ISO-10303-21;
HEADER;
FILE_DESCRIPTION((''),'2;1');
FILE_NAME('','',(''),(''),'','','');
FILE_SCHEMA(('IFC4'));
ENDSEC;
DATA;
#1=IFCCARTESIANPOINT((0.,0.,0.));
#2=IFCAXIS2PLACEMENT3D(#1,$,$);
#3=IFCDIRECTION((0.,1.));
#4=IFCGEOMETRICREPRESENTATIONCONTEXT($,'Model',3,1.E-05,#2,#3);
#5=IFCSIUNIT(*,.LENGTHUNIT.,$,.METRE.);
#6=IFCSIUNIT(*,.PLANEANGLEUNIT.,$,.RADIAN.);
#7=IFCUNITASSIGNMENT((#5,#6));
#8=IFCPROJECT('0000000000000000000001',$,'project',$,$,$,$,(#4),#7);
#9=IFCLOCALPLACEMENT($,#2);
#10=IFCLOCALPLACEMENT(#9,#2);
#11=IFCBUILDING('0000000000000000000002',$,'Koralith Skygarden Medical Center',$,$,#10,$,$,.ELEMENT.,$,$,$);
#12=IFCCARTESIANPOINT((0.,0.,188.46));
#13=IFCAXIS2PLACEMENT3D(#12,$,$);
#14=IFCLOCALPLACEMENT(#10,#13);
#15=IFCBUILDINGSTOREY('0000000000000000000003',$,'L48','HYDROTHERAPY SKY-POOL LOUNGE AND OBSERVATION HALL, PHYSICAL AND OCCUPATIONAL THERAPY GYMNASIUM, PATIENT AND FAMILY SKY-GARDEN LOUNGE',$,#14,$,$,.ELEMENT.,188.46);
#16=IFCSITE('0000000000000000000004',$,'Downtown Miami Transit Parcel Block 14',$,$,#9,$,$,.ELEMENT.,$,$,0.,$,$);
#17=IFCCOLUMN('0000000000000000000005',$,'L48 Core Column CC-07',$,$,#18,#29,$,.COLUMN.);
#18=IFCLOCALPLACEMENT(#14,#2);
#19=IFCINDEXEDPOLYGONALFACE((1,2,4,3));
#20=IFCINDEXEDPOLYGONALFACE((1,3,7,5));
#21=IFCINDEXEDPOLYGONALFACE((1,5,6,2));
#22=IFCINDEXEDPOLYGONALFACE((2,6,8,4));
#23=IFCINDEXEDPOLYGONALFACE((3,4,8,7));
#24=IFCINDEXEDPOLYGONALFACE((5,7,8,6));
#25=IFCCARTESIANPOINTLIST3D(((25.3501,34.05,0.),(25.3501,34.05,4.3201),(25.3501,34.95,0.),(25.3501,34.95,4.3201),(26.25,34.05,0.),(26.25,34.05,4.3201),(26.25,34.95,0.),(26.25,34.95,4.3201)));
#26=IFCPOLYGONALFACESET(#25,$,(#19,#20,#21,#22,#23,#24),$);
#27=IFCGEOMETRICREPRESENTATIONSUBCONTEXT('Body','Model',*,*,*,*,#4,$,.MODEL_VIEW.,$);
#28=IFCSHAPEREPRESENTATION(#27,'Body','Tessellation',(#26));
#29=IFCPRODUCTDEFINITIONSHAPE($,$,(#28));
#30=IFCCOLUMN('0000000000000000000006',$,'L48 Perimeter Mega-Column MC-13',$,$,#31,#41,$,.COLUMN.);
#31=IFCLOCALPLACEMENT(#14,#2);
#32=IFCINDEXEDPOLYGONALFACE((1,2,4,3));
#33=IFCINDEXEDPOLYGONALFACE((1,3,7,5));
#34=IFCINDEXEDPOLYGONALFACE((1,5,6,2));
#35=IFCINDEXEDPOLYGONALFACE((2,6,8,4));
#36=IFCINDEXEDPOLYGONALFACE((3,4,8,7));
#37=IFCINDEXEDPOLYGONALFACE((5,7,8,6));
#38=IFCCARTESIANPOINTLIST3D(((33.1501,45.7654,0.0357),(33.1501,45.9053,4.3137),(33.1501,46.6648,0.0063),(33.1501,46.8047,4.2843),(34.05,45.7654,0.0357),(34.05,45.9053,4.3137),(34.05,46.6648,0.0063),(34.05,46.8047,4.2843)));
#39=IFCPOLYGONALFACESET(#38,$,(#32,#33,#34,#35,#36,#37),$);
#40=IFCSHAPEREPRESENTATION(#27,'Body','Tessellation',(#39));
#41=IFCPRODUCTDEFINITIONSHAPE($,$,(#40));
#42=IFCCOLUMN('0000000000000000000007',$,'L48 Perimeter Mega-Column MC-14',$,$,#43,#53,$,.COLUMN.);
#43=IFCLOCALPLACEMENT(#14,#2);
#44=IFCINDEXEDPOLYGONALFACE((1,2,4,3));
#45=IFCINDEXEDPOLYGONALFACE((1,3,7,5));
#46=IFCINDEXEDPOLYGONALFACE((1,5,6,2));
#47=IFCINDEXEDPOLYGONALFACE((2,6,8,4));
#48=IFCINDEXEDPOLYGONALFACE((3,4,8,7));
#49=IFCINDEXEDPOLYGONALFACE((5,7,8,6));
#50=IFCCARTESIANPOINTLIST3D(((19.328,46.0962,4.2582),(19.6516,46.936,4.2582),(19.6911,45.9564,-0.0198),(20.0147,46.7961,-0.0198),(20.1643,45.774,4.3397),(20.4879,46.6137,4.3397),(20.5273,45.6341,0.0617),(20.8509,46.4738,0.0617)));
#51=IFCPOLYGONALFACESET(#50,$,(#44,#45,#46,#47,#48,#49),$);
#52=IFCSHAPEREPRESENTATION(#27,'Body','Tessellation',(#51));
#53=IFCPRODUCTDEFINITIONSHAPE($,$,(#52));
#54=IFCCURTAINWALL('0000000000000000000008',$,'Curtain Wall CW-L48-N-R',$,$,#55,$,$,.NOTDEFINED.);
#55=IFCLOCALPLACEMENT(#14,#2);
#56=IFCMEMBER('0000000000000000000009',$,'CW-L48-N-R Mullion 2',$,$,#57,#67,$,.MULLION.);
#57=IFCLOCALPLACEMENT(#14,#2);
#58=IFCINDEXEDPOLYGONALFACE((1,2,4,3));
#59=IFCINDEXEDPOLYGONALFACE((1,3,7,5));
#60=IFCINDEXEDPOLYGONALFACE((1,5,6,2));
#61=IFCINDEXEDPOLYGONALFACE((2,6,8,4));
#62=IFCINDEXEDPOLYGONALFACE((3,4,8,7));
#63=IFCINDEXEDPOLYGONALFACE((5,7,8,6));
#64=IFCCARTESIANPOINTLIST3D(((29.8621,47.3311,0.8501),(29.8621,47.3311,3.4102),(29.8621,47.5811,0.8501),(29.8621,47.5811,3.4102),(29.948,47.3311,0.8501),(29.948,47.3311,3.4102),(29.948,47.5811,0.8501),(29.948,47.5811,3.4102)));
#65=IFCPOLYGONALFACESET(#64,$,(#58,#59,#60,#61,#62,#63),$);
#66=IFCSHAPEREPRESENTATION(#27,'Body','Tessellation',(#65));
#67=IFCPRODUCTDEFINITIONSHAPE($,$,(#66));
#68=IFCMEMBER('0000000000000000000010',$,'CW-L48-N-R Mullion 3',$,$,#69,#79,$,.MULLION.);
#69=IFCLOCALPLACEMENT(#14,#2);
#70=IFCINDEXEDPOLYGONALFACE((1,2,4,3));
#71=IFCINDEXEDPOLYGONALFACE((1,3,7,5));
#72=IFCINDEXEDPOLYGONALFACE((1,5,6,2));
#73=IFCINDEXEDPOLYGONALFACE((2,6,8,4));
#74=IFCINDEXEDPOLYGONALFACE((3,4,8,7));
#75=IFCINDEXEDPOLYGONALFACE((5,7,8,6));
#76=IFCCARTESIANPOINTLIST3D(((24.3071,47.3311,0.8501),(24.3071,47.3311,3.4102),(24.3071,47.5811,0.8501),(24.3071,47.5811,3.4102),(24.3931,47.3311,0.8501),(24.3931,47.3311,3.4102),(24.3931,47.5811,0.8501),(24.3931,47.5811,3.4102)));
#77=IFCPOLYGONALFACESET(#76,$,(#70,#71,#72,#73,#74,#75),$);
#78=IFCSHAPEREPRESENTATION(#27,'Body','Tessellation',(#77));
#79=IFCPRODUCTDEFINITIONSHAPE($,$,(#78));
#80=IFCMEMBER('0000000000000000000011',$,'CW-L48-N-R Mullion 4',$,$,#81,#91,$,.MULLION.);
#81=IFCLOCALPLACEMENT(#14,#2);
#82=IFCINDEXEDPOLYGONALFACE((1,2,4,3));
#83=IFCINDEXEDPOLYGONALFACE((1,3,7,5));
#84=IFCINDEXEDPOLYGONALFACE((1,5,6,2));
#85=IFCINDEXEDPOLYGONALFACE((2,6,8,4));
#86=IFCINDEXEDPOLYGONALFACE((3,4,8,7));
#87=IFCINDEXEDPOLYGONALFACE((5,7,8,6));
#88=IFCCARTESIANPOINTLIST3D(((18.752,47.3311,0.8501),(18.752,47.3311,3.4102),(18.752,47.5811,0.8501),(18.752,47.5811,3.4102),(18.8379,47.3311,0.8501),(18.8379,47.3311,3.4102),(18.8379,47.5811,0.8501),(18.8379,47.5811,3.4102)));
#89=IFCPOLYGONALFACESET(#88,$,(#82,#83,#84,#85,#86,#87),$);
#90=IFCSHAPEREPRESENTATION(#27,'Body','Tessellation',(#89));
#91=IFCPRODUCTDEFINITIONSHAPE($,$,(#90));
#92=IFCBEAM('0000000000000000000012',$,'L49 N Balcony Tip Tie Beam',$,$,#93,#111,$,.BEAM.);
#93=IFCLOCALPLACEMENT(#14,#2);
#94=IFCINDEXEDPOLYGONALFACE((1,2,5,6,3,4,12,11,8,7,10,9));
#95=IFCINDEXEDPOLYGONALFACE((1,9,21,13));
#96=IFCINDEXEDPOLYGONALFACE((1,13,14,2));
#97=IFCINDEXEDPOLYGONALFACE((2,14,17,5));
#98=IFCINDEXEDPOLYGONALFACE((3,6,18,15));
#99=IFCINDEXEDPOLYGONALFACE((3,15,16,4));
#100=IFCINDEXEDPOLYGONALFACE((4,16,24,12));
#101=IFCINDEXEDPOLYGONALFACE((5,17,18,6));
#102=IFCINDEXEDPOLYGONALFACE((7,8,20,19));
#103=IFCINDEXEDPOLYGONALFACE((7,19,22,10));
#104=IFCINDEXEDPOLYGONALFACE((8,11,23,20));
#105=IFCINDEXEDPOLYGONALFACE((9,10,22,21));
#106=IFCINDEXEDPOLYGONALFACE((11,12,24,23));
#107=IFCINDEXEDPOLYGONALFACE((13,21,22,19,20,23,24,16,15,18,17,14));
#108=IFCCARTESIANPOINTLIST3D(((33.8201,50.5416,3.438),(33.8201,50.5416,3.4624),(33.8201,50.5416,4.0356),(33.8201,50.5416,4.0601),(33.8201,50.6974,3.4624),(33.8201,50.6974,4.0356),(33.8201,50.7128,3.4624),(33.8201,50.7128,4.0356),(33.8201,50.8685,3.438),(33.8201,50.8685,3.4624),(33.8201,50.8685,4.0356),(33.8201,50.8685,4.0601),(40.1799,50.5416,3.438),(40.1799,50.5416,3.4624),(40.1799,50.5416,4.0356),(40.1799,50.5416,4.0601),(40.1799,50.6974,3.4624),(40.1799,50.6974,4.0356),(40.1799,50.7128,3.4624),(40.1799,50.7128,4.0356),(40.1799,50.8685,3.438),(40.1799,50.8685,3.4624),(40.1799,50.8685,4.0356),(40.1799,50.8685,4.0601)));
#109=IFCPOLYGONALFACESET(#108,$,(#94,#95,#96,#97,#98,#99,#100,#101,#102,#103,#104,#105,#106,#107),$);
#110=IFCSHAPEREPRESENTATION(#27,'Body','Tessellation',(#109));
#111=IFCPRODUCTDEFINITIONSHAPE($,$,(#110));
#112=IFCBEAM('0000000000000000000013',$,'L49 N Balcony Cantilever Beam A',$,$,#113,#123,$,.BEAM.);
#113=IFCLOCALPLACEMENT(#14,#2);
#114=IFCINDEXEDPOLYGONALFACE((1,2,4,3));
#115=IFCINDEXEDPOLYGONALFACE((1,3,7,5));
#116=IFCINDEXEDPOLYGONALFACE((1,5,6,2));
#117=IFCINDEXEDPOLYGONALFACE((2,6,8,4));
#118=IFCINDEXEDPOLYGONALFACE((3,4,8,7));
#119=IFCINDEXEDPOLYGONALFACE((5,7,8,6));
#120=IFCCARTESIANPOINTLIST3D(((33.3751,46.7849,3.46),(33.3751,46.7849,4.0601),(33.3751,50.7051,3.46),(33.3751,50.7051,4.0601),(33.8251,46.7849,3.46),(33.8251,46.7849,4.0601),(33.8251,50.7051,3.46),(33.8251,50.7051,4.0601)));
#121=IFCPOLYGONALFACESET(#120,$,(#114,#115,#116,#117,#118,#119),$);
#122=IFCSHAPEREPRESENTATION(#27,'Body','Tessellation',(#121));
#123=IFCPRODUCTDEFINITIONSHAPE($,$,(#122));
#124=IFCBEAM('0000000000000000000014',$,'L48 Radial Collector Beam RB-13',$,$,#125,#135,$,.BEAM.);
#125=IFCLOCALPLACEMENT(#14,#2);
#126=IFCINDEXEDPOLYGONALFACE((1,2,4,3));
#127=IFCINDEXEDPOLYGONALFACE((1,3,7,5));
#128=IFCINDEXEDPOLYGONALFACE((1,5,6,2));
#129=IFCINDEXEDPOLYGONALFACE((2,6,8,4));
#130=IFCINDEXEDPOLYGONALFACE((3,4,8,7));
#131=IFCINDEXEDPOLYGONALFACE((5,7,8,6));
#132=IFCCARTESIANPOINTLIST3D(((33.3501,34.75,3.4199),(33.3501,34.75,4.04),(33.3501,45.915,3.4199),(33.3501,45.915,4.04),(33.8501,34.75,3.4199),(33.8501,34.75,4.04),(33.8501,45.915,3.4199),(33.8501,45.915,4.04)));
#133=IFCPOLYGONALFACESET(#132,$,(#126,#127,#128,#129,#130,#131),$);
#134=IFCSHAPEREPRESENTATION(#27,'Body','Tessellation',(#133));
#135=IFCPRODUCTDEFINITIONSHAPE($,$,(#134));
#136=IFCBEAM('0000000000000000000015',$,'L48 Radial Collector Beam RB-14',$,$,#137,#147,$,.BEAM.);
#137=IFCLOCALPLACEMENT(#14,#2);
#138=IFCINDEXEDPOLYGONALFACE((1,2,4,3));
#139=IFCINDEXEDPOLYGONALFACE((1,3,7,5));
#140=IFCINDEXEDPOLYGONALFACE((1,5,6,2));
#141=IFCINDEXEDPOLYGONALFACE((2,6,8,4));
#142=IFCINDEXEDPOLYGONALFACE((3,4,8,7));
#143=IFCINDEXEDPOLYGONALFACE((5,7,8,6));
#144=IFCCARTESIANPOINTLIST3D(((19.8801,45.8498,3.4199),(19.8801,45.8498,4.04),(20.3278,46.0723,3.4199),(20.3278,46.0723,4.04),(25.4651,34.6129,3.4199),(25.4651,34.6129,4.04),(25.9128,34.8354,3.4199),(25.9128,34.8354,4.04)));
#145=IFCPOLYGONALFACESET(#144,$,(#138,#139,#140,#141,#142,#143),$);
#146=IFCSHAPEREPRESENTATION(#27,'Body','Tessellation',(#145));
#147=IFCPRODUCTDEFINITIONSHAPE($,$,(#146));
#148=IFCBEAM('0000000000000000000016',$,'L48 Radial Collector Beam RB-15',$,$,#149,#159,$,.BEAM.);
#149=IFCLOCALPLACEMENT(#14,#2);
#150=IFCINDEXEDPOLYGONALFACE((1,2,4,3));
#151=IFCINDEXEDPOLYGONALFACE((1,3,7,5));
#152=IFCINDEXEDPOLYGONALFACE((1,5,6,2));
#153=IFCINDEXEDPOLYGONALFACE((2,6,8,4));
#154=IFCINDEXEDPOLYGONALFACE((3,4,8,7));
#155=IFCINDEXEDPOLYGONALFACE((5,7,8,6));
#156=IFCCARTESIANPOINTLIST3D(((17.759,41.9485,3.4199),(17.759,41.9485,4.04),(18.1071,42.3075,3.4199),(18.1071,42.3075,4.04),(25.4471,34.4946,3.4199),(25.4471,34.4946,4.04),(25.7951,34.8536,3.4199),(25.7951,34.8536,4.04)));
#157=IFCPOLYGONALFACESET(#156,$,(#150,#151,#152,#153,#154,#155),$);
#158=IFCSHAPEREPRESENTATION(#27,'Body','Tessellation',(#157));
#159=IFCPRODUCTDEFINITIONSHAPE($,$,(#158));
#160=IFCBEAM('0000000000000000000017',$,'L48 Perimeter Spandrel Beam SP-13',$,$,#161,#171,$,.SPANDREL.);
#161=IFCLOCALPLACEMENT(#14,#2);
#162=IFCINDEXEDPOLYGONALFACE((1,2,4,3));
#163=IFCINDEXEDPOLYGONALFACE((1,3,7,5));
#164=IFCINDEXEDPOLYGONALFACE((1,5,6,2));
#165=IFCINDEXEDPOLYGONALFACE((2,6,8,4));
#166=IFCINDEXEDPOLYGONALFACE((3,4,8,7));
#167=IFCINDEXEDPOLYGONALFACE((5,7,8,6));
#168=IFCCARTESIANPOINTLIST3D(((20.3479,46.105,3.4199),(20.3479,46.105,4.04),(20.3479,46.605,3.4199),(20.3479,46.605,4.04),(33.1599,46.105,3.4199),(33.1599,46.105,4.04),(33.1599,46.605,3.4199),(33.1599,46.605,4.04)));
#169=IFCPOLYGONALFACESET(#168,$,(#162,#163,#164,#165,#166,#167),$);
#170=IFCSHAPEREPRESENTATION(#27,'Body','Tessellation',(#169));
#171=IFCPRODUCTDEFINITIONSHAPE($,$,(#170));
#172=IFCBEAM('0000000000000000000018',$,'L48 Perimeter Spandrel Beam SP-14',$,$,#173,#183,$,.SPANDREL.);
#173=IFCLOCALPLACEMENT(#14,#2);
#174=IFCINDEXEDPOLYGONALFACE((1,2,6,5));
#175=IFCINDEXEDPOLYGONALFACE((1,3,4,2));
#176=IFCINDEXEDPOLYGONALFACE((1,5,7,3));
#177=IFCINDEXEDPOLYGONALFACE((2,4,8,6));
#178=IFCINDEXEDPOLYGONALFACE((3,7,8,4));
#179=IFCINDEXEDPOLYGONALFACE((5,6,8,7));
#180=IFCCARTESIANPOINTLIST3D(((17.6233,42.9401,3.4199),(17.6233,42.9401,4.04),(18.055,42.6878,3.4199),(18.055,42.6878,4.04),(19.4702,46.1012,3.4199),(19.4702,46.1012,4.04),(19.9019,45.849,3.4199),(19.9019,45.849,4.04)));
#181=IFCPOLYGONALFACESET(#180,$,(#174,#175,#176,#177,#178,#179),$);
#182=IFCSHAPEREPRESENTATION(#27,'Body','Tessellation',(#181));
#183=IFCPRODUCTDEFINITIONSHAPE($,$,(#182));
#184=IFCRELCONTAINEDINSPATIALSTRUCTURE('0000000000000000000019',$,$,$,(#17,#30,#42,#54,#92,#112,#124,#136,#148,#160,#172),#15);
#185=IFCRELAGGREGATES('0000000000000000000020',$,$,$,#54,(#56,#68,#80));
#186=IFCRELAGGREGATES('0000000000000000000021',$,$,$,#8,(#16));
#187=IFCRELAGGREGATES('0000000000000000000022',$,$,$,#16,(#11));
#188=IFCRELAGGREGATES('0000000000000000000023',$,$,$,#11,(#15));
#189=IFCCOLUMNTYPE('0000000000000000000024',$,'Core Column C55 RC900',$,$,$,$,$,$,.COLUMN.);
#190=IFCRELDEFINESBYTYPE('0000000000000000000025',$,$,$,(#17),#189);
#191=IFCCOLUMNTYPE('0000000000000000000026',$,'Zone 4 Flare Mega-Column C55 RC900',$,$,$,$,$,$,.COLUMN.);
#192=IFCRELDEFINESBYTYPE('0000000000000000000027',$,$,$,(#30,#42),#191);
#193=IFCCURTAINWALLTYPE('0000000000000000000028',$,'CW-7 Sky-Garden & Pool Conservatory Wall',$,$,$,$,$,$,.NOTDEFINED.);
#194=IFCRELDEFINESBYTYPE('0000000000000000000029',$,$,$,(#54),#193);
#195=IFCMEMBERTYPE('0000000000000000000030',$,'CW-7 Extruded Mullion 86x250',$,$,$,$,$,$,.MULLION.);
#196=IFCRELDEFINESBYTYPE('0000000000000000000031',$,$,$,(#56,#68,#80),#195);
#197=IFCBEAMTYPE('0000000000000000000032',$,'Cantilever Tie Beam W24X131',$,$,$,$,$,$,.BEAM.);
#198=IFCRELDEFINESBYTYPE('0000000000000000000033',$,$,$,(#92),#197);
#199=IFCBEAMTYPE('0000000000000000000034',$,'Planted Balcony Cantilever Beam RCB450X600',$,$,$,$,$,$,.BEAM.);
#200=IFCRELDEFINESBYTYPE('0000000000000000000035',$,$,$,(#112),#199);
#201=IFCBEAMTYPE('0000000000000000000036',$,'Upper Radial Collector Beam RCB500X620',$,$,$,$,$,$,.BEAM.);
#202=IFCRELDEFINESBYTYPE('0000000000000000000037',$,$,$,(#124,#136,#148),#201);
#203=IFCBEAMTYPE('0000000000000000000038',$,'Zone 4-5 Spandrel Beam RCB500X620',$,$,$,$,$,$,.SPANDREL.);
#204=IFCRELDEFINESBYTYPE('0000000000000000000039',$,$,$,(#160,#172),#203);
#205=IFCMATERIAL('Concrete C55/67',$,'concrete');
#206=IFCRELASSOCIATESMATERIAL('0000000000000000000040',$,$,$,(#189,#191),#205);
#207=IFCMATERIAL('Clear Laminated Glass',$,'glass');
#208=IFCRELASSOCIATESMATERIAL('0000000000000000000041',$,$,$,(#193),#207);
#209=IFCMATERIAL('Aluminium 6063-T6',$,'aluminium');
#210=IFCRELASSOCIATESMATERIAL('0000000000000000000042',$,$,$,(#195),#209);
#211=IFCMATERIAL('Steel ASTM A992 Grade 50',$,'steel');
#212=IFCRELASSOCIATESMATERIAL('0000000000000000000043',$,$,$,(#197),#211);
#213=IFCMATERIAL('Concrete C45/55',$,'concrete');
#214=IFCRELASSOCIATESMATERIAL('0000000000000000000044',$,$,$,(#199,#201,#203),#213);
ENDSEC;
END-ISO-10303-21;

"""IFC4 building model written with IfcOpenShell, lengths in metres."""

from ifc_helpers import new_model, si_unit, direction, frame, origin, origin_2d, place, context, subcontext, project, spatial, rectangle, i_section, extrude, material, material_profile, profile_set, type_object, element, aggregate, save


model = new_model("IFC4")

# Units and contexts
model_context = context("Model", 3, precision=1e-05, world=origin(), true_north=direction((0.0, 1.0)))
body_context = subcontext(model_context, "Body", "Model", "MODEL_VIEW")
ifc_project = project(units=[si_unit("LENGTHUNIT", "METRE"), si_unit("PLANEANGLEUNIT", "RADIAN")], contexts=[model_context])

# Site, building, storey
site_placement = place(None, origin())
site = spatial("IfcSite", under=ifc_project, at=site_placement, Name="Downtown Miami Transit Parcel Block 14", CompositionType="ELEMENT", RefElevation=0.0)
building_placement = place(site_placement, origin())
building = spatial("IfcBuilding", under=site, at=building_placement, Name="Koralith Skygarden Medical Center", CompositionType="ELEMENT")
storey_placement = place(building_placement, frame((0.0, 0.0, 188.46)))
storey = spatial("IfcBuildingStorey", under=building, at=storey_placement, Name="L48", Description="HYDROTHERAPY SKY-POOL LOUNGE AND OBSERVATION HALL, PHYSICAL AND OCCUPATIONAL THERAPY GYMNASIUM, PATIENT AND FAMILY SKY-GARDEN LOUNGE", CompositionType="ELEMENT", Elevation=188.46)

# Columns
ifc_material_1 = material(Name="Concrete C55/67", Category="concrete")
ifc_material_profile_1 = material_profile(ifc_material_1, rectangle(XDim=0.8999, YDim=0.8999, at=origin_2d()), Name="RC900X900")
ifc_profile_set_1 = profile_set([ifc_material_profile_1], Name="Concrete C55/67")
column_type_1 = type_object("IfcColumnType", Name="Core Column C55 RC900", PredefinedType="COLUMN", material=ifc_profile_set_1)
column_1_placement = place(storey_placement, frame((25.8, 34.5, 0.0), z_axis=(0.0, 0.0, 1.0), x_axis=(1.0, 0.0, 0.0)))
element("IfcColumn", 1, at=column_1_placement, inside=storey, type_object=column_type_1, Name="L48 Core Column CC-07", PredefinedType="COLUMN", context=body_context, shape_type="SweptSolid", body=[
    extrude(rectangle(XDim=0.8999, YDim=0.8999, at=origin_2d()), origin(), (0.0, 0.0, 1.0), 4.3201),
])
ifc_material_profile_2 = material_profile(ifc_material_1, rectangle(XDim=0.8999, YDim=0.8999, at=origin_2d()), Name="RC900X900")
ifc_profile_set_2 = profile_set([ifc_material_profile_2], Name="Concrete C55/67")
column_type_2 = type_object("IfcColumnType", Name="Zone 4 Flare Mega-Column C55 RC900", PredefinedType="COLUMN", material=ifc_profile_set_2)
column_2_placement = place(storey_placement, frame((33.6001, 46.2151, 0.021), z_axis=(0.0, 0.032682, 0.999466), x_axis=(-1.0, 0.0, 0.0)))
element("IfcColumn", 2, at=column_2_placement, inside=storey, type_object=column_type_2, Name="L48 Perimeter Mega-Column MC-13", PredefinedType="COLUMN", context=body_context, shape_type="SweptSolid", body=[
    extrude(rectangle(XDim=0.8999, YDim=0.8999, at=origin_2d()), origin(), (0.0, 0.0, 1.0), 4.2803),
])
column_3_placement = place(storey_placement, frame((20.271, 46.2151, 0.021), z_axis=(-0.084511, 0.032565, 0.99589), x_axis=(-0.359568, -0.933119, 0.0)))
element("IfcColumn", 3, at=column_3_placement, inside=storey, type_object=column_type_2, Name="L48 Perimeter Mega-Column MC-14", PredefinedType="COLUMN", context=body_context, shape_type="SweptSolid", body=[
    extrude(rectangle(XDim=0.8999, YDim=0.8999, at=origin_2d()), origin(), (0.0, 0.0, 1.0), 4.2957),
])

# Curtain wall, members
ifc_material_2 = material(Name="Clear Laminated Glass", Category="glass")
curtain_wall_type = type_object("IfcCurtainWallType", Name="CW-7 Sky-Garden & Pool Conservatory Wall", PredefinedType="NOTDEFINED", material=ifc_material_2)
curtain_wall_placement = place(storey_placement, origin())
curtain_wall = element("IfcCurtainWall", 4, at=curtain_wall_placement, inside=storey, type_object=curtain_wall_type, Name="Curtain Wall CW-L48-N-R", PredefinedType="NOTDEFINED")
ifc_material_3 = material(Name="Aluminium 6063-T6", Category="aluminium")
ifc_material_profile_3 = material_profile(ifc_material_3, rectangle(XDim=0.0859, YDim=0.25, at=origin_2d()), Name="MUL86X250")
ifc_profile_set_3 = profile_set([ifc_material_profile_3], Name="Aluminium 6063-T6")
member_type = type_object("IfcMemberType", Name="CW-7 Extruded Mullion 86x250", PredefinedType="MULLION", material=ifc_profile_set_3)
member_1_placement = place(storey_placement, frame((29.905, 47.4561, 0.8501), z_axis=(0.0, 0.0, 1.0), x_axis=(1.0, 0.0, 0.0)))
member_1 = element("IfcMember", 5, at=member_1_placement, type_object=member_type, Name="CW-L48-N-R Mullion 2", PredefinedType="MULLION", context=body_context, shape_type="SweptSolid", body=[
    extrude(rectangle(XDim=0.0859, YDim=0.25, at=origin_2d()), origin(), (0.0, 0.0, 1.0), 2.5601),
])
member_2_placement = place(storey_placement, frame((24.3501, 47.4561, 0.8501), z_axis=(0.0, 0.0, 1.0), x_axis=(1.0, 0.0, 0.0)))
member_2 = element("IfcMember", 6, at=member_2_placement, type_object=member_type, Name="CW-L48-N-R Mullion 3", PredefinedType="MULLION", context=body_context, shape_type="SweptSolid", body=[
    extrude(rectangle(XDim=0.0859, YDim=0.25, at=origin_2d()), origin(), (0.0, 0.0, 1.0), 2.5601),
])
member_3_placement = place(storey_placement, frame((18.7949, 47.4561, 0.8501), z_axis=(0.0, 0.0, 1.0), x_axis=(1.0, 0.0, 0.0)))
member_3 = element("IfcMember", 7, at=member_3_placement, type_object=member_type, Name="CW-L48-N-R Mullion 4", PredefinedType="MULLION", context=body_context, shape_type="SweptSolid", body=[
    extrude(rectangle(XDim=0.0859, YDim=0.25, at=origin_2d()), origin(), (0.0, 0.0, 1.0), 2.5601),
])

# Beams
ifc_material_4 = material(Name="Steel ASTM A992 Grade 50", Category="steel")
ifc_material_profile_4 = material_profile(ifc_material_4, i_section(OverallWidth=0.3269, OverallDepth=0.6221, WebThickness=0.0154, FlangeThickness=0.0244, at=origin_2d()), Name="W24X131")
ifc_profile_set_4 = profile_set([ifc_material_profile_4], Name="Steel ASTM A992 Grade 50")
beam_type_1 = type_object("IfcBeamType", Name="Cantilever Tie Beam W24X131", PredefinedType="BEAM", material=ifc_profile_set_4)
beam_1_placement = place(storey_placement, frame((33.8201, 50.7051, 3.749), z_axis=(1.0, 0.0, 0.0), x_axis=(0.0, 1.0, 0.0)))
element("IfcBeam", 8, at=beam_1_placement, inside=storey, type_object=beam_type_1, Name="L49 N Balcony Tip Tie Beam", PredefinedType="BEAM", context=body_context, shape_type="SweptSolid", body=[
    extrude(i_section(OverallWidth=0.3269, OverallDepth=0.6221, WebThickness=0.0154, FlangeThickness=0.0244, at=origin_2d()), origin(), (0.0, 0.0, 1.0), 6.3599),
])
ifc_material_5 = material(Name="Concrete C45/55", Category="concrete")
ifc_material_profile_5 = material_profile(ifc_material_5, rectangle(XDim=0.45, YDim=0.6001, at=origin_2d()), Name="RCB450X600")
ifc_profile_set_5 = profile_set([ifc_material_profile_5], Name="Concrete C45/55")
beam_type_2 = type_object("IfcBeamType", Name="Planted Balcony Cantilever Beam RCB450X600", PredefinedType="BEAM", material=ifc_profile_set_5)
beam_2_placement = place(storey_placement, frame((33.6001, 46.7849, 3.76), z_axis=(0.0, 1.0, 0.0), x_axis=(-1.0, 0.0, 0.0)))
element("IfcBeam", 9, at=beam_2_placement, inside=storey, type_object=beam_type_2, Name="L49 N Balcony Cantilever Beam A", PredefinedType="BEAM", context=body_context, shape_type="SweptSolid", body=[
    extrude(rectangle(XDim=0.45, YDim=0.6001, at=origin_2d()), origin(), (0.0, 0.0, 1.0), 3.9202),
])
ifc_material_profile_6 = material_profile(ifc_material_5, rectangle(XDim=0.5, YDim=0.6201, at=origin_2d()), Name="RCB500X620")
ifc_profile_set_6 = profile_set([ifc_material_profile_6], Name="Concrete C45/55")
beam_type_3 = type_object("IfcBeamType", Name="Upper Radial Collector Beam RCB500X620", PredefinedType="BEAM", material=ifc_profile_set_6)
beam_3_placement = place(storey_placement, frame((33.6001, 34.75, 3.73), z_axis=(0.0, 1.0, 0.0), x_axis=(-1.0, 0.0, 0.0)))
element("IfcBeam", 10, at=beam_3_placement, inside=storey, type_object=beam_type_3, Name="L48 Radial Collector Beam RB-13", PredefinedType="BEAM", context=body_context, shape_type="SweptSolid", body=[
    extrude(rectangle(XDim=0.5, YDim=0.6201, at=origin_2d()), origin(), (0.0, 0.0, 1.0), 11.165),
])
beam_4_placement = place(storey_placement, frame((25.689, 34.7241, 3.73), z_axis=(-0.44508, 0.895491, 0.0), x_axis=(-0.895491, -0.44508, 0.0)))
element("IfcBeam", 11, at=beam_4_placement, inside=storey, type_object=beam_type_3, Name="L48 Radial Collector Beam RB-14", PredefinedType="BEAM", context=body_context, shape_type="SweptSolid", body=[
    extrude(rectangle(XDim=0.5, YDim=0.6201, at=origin_2d()), origin(), (0.0, 0.0, 1.0), 12.5483),
])
beam_5_placement = place(storey_placement, frame((25.6211, 34.6741, 3.73), z_axis=(-0.717955, 0.69609, 0.0), x_axis=(-0.69609, -0.717955, 0.0)))
element("IfcBeam", 12, at=beam_5_placement, inside=storey, type_object=beam_type_3, Name="L48 Radial Collector Beam RB-15", PredefinedType="BEAM", context=body_context, shape_type="SweptSolid", body=[
    extrude(rectangle(XDim=0.5, YDim=0.6201, at=origin_2d()), origin(), (0.0, 0.0, 1.0), 10.7083),
])
ifc_material_profile_7 = material_profile(ifc_material_5, rectangle(XDim=0.5, YDim=0.6201, at=origin_2d()), Name="RCB500X620")
ifc_profile_set_7 = profile_set([ifc_material_profile_7], Name="Concrete C45/55")
beam_type_4 = type_object("IfcBeamType", Name="Zone 4-5 Spandrel Beam RCB500X620", PredefinedType="SPANDREL", material=ifc_profile_set_7)
beam_6_placement = place(storey_placement, frame((33.1599, 46.355, 3.73), z_axis=(-1.0, 0.0, 0.0), x_axis=(0.0, -1.0, 0.0)))
element("IfcBeam", 13, at=beam_6_placement, inside=storey, type_object=beam_type_4, Name="L48 Perimeter Spandrel Beam SP-13", PredefinedType="SPANDREL", context=body_context, shape_type="SweptSolid", body=[
    extrude(rectangle(XDim=0.5, YDim=0.6201, at=origin_2d()), origin(), (0.0, 0.0, 1.0), 12.812),
])
beam_7_placement = place(storey_placement, frame((19.686, 45.9751, 3.73), z_axis=(-0.504468, -0.86343, 0.0), x_axis=(0.86343, -0.504468, 0.0)))
element("IfcBeam", 14, at=beam_7_placement, inside=storey, type_object=beam_type_4, Name="L48 Perimeter Spandrel Beam SP-14", PredefinedType="SPANDREL", context=body_context, shape_type="SweptSolid", body=[
    extrude(rectangle(XDim=0.5, YDim=0.6201, at=origin_2d()), origin(), (0.0, 0.0, 1.0), 3.6611),
])

aggregate(curtain_wall, [member_1, member_2, member_3])

save(model, "model.ifc")
